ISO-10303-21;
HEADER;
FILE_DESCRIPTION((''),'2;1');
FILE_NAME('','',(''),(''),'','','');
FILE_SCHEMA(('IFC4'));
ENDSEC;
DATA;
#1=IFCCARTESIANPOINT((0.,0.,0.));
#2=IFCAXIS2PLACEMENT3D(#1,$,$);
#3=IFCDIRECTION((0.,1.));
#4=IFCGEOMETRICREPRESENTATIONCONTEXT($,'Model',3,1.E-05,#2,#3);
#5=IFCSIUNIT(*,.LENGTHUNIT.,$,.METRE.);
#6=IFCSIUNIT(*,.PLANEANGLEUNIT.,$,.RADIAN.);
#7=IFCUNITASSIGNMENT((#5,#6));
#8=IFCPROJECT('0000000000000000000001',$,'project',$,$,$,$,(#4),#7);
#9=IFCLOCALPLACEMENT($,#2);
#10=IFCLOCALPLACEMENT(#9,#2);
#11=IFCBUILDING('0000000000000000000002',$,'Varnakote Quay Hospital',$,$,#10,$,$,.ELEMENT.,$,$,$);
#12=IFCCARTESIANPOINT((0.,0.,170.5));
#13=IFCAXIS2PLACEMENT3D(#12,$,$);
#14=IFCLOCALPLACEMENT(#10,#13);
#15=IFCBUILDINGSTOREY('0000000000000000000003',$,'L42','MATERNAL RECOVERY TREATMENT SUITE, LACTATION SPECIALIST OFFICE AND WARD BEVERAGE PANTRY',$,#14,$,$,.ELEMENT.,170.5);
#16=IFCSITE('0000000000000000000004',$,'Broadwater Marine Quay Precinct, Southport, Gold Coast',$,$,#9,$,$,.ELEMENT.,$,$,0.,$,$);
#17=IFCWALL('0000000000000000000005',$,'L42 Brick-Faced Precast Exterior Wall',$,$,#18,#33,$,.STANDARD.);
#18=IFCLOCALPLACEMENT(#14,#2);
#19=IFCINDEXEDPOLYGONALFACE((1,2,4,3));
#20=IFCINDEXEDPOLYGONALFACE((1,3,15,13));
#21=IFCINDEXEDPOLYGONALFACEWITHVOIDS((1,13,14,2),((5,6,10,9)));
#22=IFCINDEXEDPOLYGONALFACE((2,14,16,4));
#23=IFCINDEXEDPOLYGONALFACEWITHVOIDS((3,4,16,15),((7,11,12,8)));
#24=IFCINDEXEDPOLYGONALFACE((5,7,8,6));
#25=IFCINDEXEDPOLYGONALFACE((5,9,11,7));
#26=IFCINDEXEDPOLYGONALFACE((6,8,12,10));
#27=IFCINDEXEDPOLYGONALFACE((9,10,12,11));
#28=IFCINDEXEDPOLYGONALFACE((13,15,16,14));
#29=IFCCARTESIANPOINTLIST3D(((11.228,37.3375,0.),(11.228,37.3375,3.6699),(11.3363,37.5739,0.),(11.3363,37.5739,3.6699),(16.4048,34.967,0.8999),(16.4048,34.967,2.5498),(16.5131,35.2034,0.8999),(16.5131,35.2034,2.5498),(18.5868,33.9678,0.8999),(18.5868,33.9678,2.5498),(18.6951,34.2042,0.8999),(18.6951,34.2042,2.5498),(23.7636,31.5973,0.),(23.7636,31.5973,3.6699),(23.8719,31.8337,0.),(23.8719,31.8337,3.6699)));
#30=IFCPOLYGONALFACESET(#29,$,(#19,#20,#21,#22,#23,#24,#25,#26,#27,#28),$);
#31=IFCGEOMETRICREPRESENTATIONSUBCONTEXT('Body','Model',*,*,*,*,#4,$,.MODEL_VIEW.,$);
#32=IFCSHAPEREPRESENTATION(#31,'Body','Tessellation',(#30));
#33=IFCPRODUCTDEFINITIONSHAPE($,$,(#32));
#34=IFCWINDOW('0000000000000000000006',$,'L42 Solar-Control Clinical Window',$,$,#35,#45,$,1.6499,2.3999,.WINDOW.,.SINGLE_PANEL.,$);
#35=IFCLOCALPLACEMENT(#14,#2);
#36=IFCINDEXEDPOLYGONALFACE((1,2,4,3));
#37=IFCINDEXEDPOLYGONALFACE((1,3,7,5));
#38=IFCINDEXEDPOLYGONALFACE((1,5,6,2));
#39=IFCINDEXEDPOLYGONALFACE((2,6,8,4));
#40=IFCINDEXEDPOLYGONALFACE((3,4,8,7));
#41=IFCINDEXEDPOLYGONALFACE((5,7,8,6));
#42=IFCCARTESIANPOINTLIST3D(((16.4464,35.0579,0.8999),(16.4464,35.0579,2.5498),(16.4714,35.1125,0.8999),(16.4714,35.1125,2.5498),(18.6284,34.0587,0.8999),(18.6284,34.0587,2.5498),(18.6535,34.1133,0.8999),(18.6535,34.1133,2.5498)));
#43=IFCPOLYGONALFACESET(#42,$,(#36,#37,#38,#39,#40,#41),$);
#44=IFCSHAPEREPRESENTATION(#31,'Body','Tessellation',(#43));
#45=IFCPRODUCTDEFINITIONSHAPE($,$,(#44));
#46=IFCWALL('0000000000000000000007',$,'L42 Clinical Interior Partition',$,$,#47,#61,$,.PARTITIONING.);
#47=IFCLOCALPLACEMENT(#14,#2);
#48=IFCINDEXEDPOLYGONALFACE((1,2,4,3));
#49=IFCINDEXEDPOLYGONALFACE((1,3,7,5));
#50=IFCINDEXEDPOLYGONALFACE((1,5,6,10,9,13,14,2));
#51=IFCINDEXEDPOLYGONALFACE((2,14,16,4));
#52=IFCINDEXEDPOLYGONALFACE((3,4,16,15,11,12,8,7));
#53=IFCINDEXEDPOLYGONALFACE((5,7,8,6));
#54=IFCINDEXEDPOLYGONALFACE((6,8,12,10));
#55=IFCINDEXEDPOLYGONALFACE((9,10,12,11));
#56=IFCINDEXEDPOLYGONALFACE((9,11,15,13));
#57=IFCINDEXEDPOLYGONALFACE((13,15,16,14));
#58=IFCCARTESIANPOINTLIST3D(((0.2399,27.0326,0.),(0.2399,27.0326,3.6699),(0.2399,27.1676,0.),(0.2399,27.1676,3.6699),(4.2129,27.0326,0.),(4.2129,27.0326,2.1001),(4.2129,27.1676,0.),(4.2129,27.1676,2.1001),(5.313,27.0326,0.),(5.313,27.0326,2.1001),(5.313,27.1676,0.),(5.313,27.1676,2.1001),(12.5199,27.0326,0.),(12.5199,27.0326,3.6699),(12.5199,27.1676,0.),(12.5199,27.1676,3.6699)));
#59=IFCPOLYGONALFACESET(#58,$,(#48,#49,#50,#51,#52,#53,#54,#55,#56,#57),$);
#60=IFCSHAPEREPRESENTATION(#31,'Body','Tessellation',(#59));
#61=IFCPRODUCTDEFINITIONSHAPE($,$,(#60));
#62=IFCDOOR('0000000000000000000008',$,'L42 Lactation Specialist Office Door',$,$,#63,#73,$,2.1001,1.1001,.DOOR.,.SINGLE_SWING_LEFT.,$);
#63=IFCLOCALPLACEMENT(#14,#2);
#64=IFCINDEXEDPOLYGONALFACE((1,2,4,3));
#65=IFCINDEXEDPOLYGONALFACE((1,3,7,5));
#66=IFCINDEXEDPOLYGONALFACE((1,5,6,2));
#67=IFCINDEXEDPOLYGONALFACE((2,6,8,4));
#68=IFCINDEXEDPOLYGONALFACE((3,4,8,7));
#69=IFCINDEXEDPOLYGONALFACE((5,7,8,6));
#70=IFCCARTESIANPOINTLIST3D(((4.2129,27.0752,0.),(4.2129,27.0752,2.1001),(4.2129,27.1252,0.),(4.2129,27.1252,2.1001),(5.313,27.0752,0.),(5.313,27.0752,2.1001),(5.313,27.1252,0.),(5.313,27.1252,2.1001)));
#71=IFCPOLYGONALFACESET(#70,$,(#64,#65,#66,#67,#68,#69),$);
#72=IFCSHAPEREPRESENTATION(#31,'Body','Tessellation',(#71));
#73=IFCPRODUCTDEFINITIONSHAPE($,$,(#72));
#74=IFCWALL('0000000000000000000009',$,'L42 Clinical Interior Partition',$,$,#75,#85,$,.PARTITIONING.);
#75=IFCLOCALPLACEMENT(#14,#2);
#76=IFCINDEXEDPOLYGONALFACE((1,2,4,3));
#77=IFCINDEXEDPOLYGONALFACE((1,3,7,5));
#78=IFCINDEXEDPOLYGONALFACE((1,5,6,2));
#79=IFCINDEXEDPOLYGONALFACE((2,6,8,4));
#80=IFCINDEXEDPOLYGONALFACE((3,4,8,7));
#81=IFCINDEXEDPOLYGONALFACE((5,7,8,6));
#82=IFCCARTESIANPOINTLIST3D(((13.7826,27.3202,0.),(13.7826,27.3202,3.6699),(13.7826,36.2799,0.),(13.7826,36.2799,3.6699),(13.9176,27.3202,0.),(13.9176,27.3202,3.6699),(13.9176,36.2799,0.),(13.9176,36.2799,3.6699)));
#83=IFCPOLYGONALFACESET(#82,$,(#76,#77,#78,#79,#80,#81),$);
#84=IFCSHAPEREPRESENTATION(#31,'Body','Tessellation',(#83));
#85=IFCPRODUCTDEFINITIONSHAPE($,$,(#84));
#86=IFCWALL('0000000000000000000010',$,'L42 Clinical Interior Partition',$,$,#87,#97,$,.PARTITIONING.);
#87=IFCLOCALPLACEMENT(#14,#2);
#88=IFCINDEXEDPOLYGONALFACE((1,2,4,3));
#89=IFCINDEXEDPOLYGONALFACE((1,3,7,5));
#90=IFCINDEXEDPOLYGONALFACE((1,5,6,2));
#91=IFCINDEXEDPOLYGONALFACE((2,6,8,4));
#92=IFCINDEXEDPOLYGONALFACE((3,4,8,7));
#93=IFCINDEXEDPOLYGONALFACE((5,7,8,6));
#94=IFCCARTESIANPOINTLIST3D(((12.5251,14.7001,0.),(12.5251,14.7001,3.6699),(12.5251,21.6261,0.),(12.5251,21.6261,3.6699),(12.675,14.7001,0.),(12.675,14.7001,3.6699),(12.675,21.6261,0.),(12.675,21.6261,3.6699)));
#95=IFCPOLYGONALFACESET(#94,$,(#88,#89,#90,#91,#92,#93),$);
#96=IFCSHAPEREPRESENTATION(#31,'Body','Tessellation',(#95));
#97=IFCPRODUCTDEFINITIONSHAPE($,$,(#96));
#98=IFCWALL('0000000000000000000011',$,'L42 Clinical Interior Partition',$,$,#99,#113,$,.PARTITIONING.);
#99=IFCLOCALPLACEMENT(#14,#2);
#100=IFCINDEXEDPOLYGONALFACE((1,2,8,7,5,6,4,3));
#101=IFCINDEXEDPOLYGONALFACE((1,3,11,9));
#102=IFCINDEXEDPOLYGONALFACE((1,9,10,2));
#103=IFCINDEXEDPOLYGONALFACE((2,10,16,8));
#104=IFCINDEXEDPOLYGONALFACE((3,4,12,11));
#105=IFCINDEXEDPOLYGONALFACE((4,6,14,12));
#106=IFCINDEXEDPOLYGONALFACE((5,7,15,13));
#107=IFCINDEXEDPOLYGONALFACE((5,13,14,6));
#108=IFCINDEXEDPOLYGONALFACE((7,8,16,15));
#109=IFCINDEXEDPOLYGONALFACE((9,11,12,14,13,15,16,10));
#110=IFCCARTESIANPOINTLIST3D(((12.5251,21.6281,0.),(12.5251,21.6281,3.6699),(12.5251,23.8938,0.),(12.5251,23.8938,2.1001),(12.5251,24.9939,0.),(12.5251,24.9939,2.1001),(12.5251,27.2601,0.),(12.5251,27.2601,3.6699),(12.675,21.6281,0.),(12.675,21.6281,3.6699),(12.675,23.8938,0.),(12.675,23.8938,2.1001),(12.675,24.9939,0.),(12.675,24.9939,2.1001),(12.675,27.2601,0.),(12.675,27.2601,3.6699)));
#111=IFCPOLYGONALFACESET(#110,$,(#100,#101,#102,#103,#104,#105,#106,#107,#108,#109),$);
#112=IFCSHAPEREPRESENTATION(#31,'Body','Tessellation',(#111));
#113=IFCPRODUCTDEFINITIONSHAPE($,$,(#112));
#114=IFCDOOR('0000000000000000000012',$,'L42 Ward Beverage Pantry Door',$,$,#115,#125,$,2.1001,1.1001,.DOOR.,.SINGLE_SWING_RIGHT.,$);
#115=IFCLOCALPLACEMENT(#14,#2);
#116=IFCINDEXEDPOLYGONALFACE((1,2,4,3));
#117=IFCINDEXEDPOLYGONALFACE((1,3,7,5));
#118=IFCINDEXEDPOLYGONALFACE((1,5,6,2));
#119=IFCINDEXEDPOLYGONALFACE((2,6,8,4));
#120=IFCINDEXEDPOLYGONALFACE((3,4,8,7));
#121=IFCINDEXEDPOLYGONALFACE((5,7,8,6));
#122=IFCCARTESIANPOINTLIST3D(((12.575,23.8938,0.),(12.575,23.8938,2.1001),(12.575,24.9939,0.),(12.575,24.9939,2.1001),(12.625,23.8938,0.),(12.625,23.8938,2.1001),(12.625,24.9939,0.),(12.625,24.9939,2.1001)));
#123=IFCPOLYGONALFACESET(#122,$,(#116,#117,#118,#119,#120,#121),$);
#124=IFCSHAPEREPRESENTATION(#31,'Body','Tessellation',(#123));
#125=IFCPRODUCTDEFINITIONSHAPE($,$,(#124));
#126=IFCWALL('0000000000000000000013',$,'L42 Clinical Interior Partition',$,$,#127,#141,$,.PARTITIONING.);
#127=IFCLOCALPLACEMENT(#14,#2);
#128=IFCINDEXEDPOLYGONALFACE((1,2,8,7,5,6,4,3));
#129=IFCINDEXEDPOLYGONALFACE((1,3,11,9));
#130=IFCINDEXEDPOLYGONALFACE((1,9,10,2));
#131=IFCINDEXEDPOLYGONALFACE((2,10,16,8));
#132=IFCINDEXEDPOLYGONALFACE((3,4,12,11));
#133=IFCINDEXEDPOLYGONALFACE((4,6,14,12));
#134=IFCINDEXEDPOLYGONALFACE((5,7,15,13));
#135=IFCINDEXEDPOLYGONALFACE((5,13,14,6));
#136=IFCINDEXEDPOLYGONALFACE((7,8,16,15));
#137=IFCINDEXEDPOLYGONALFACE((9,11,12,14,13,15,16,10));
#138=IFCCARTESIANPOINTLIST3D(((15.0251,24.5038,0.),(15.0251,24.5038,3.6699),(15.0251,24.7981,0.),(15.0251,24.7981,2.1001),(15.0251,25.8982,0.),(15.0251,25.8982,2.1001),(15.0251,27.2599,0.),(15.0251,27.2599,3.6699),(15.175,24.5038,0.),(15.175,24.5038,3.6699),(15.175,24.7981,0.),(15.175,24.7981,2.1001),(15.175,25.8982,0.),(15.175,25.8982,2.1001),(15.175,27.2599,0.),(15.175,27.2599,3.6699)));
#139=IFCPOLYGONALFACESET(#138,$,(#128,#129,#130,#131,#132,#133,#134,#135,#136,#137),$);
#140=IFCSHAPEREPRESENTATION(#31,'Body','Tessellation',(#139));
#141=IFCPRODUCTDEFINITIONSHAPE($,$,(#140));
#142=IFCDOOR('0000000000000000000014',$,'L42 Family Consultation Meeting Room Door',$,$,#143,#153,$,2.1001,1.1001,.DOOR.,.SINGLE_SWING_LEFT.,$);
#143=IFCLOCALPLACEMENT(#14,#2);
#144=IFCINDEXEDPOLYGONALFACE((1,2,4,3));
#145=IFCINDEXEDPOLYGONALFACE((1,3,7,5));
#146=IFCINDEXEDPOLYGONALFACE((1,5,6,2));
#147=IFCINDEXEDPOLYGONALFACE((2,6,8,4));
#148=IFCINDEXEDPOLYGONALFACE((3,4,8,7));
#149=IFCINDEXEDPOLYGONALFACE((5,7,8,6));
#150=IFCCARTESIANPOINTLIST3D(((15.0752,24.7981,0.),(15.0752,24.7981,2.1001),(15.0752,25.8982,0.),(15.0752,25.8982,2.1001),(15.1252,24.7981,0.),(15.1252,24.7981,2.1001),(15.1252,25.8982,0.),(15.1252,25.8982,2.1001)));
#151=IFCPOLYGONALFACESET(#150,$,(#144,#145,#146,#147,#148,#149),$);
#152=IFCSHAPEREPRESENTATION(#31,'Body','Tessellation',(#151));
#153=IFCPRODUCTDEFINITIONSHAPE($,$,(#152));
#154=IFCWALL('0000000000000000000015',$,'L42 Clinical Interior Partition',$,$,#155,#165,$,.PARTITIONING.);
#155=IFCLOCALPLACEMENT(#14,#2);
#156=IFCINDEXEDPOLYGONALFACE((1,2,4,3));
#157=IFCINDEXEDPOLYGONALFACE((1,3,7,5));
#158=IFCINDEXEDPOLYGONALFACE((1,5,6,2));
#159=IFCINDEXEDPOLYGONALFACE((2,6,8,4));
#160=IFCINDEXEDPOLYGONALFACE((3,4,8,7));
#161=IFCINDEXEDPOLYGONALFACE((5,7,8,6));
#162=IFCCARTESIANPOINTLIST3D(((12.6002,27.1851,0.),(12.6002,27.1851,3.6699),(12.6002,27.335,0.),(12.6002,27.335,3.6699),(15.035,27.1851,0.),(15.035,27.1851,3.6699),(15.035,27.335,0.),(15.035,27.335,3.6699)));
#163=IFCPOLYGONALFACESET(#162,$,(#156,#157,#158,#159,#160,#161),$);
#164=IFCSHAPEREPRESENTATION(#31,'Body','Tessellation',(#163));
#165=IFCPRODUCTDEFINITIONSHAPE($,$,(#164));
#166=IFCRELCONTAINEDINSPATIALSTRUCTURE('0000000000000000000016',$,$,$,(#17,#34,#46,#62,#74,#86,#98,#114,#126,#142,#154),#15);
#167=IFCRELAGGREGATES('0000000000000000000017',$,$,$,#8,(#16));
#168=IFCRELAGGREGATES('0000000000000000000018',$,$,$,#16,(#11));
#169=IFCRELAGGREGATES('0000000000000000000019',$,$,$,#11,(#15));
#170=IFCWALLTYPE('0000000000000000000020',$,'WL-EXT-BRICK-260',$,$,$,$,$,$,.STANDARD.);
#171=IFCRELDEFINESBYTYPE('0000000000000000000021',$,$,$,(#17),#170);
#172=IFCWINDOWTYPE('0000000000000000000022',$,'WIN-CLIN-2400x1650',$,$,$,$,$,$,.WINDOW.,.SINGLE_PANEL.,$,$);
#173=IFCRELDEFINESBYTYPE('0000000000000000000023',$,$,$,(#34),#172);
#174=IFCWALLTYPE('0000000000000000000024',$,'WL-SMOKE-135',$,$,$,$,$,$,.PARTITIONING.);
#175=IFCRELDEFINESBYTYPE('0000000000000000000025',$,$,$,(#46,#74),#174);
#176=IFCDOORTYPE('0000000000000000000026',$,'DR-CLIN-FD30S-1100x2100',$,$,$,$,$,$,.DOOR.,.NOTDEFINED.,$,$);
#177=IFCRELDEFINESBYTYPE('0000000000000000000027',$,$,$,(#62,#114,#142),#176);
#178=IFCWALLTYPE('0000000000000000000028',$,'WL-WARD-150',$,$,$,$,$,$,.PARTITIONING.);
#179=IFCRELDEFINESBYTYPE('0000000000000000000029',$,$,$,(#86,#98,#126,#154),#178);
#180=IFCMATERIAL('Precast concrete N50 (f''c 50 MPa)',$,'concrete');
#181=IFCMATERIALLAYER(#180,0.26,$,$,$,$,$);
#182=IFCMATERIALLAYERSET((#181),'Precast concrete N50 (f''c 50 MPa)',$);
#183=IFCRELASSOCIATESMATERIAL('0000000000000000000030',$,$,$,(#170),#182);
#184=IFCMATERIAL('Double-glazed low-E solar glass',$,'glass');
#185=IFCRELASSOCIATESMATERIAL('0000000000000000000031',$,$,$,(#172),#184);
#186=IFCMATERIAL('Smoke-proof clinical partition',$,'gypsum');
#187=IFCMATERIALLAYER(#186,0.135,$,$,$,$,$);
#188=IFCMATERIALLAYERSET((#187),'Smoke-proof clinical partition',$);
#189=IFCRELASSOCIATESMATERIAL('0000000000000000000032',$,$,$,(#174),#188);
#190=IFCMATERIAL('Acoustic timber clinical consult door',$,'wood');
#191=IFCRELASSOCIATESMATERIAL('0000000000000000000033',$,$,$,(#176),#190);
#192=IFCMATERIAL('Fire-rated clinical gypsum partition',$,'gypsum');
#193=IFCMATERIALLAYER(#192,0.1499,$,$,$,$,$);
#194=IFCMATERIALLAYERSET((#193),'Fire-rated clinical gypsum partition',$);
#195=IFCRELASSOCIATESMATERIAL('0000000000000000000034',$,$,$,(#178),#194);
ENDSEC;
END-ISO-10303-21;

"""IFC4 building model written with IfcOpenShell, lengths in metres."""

from ifc_helpers import new_model, si_unit, direction, frame, frame_2d, origin, place, context, subcontext, project, spatial, rectangle, extrude, material, layer, layer_set, type_object, element, fill, save


model = new_model("IFC4")

# Units and contexts
model_context = context("Model", 3, precision=1e-05, world=origin(), true_north=direction((0.0, 1.0)))
body_context = subcontext(model_context, "Body", "Model", "MODEL_VIEW")
ifc_project = project(units=[si_unit("LENGTHUNIT", "METRE"), si_unit("PLANEANGLEUNIT", "RADIAN")], contexts=[model_context])

# Site, building, storey
site_placement = place(None, origin())
site = spatial("IfcSite", under=ifc_project, at=site_placement, Name="Broadwater Marine Quay Precinct, Southport, Gold Coast", CompositionType="ELEMENT", RefElevation=0.0)
building_placement = place(site_placement, origin())
building = spatial("IfcBuilding", under=site, at=building_placement, Name="Varnakote Quay Hospital", CompositionType="ELEMENT")
storey_placement = place(building_placement, frame((0.0, 0.0, 170.5)))
storey = spatial("IfcBuildingStorey", under=building, at=storey_placement, Name="L42", Description="MATERNAL RECOVERY TREATMENT SUITE, LACTATION SPECIALIST OFFICE AND WARD BEVERAGE PANTRY", CompositionType="ELEMENT", Elevation=170.5)

# Wall, opening, window
ifc_material_1 = material(Name="Precast concrete N50 (f'c 50 MPa)", Category="concrete")
ifc_layer_1 = layer(ifc_material_1, 0.26)
ifc_layer_set_1 = layer_set([ifc_layer_1], Name="Precast concrete N50 (f'c 50 MPa)")
wall_type_1 = type_object("IfcWallType", Name="WL-EXT-BRICK-260", PredefinedType="STANDARD", material=ifc_layer_set_1)
wall_1_placement = place(storey_placement, frame((23.8176, 31.7156, 0.0), z_axis=(0.0, 0.0, 1.0), x_axis=(-0.90921, 0.416339, 0.0)))
wall_1 = element("IfcWall", 1, at=wall_1_placement, inside=storey, type_object=wall_type_1, Name="L42 Brick-Faced Precast Exterior Wall", PredefinedType="STANDARD", context=body_context, shape_type="SweptSolid", body=[
    extrude(rectangle(XDim=13.7874, YDim=0.26, at=frame_2d((6.8936, 0.0))), origin(), (0.0, 0.0, 1.0), 3.6699),
])
opening_1_placement = place(wall_1_placement, frame((5.6936, 0.0, 0.8999)))
opening_1 = element("IfcOpeningElement", 2, at=opening_1_placement, cuts=wall_1, PredefinedType="OPENING", context=body_context, shape_type="SweptSolid", body=[
    extrude(rectangle(XDim=2.3999, YDim=1.6499, at=frame_2d((1.2, 0.825))), frame((0.0, 0.1399, 0.0), z_axis=(0.0, -1.0, 0.0), x_axis=(1.0, 0.0, 0.0)), (0.0, 0.0, 1.0), 0.28),
])
ifc_material_2 = material(Name="Double-glazed low-E solar glass", Category="glass")
window_type = type_object("IfcWindowType", Name="WIN-CLIN-2400x1650", PartitioningType="SINGLE_PANEL", PredefinedType="WINDOW", material=ifc_material_2)
window_placement = place(opening_1_placement, origin())
window = element("IfcWindow", 3, at=window_placement, inside=storey, type_object=window_type, Name="L42 Solar-Control Clinical Window", OverallHeight=1.6499, OverallWidth=2.3999, PartitioningType="SINGLE_PANEL", PredefinedType="WINDOW", context=body_context, shape_type="SweptSolid", body=[
    extrude(rectangle(XDim=2.3999, YDim=1.6499, at=frame_2d((1.2, 0.825))), frame((0.0, 0.03, 0.0), z_axis=(0.0, -1.0, 0.0), x_axis=(1.0, 0.0, 0.0)), (0.0, 0.0, 1.0), 0.0601),
])
fill(opening_1, window)

# Wall, opening, door
ifc_material_3 = material(Name="Smoke-proof clinical partition", Category="gypsum")
ifc_layer_2 = layer(ifc_material_3, 0.135)
ifc_layer_set_2 = layer_set([ifc_layer_2], Name="Smoke-proof clinical partition")
wall_type_2 = type_object("IfcWallType", Name="WL-SMOKE-135", PredefinedType="PARTITIONING", material=ifc_layer_set_2)
wall_2_placement = place(storey_placement, frame((12.52, 27.1001, 0.0), z_axis=(0.0, 0.0, 1.0), x_axis=(-1.0, 0.0, 0.0)))
wall_2 = element("IfcWall", 4, at=wall_2_placement, inside=storey, type_object=wall_type_2, Name="L42 Clinical Interior Partition", PredefinedType="PARTITIONING", context=body_context, shape_type="SweptSolid", body=[
    extrude(rectangle(XDim=12.28, YDim=0.135, at=frame_2d((6.1401, 0.0))), origin(), (0.0, 0.0, 1.0), 3.6699),
])
opening_2_placement = place(wall_2_placement, frame((7.207, 0.0, 0.0)))
opening_2 = element("IfcOpeningElement", 5, at=opening_2_placement, cuts=wall_2, PredefinedType="OPENING", context=body_context, shape_type="SweptSolid", body=[
    extrude(rectangle(XDim=1.1001, YDim=2.1001, at=frame_2d((0.55, 1.05))), frame((0.0, 0.0774, 0.0), z_axis=(0.0, -1.0, 0.0), x_axis=(1.0, 0.0, 0.0)), (0.0, 0.0, 1.0), 0.155),
])
ifc_material_4 = material(Name="Acoustic timber clinical consult door", Category="wood")
door_type = type_object("IfcDoorType", Name="DR-CLIN-FD30S-1100x2100", OperationType="NOTDEFINED", PredefinedType="DOOR", material=ifc_material_4)
door_1_placement = place(opening_2_placement, origin())
door_1 = element("IfcDoor", 6, at=door_1_placement, inside=storey, type_object=door_type, Name="L42 Lactation Specialist Office Door", OperationType="SINGLE_SWING_LEFT", OverallHeight=2.1001, OverallWidth=1.1001, PredefinedType="DOOR", context=body_context, shape_type="SweptSolid", body=[
    extrude(rectangle(XDim=1.1001, YDim=2.1001, at=frame_2d((0.55, 1.05))), frame((0.0, 0.0249, 0.0), z_axis=(0.0, -1.0, 0.0), x_axis=(1.0, 0.0, 0.0)), (0.0, 0.0, 1.0), 0.05),
])
fill(opening_2, door_1)

# Walls
wall_3_placement = place(storey_placement, frame((13.8501, 27.3201, 0.0), z_axis=(0.0, 0.0, 1.0), x_axis=(0.0, 1.0, 0.0)))
element("IfcWall", 7, at=wall_3_placement, inside=storey, type_object=wall_type_2, Name="L42 Clinical Interior Partition", PredefinedType="PARTITIONING", context=body_context, shape_type="SweptSolid", body=[
    extrude(rectangle(XDim=8.9597, YDim=0.135, at=frame_2d((4.48, 0.0))), origin(), (0.0, 0.0, 1.0), 3.6699),
])
ifc_material_5 = material(Name="Fire-rated clinical gypsum partition", Category="gypsum")
ifc_layer_3 = layer(ifc_material_5, 0.1499)
ifc_layer_set_3 = layer_set([ifc_layer_3], Name="Fire-rated clinical gypsum partition")
wall_type_3 = type_object("IfcWallType", Name="WL-WARD-150", PredefinedType="PARTITIONING", material=ifc_layer_set_3)
wall_4_placement = place(storey_placement, frame((12.6001, 21.626, 0.0), z_axis=(0.0, 0.0, 1.0), x_axis=(0.0, -1.0, 0.0)))
element("IfcWall", 8, at=wall_4_placement, inside=storey, type_object=wall_type_3, Name="L42 Clinical Interior Partition", PredefinedType="PARTITIONING", context=body_context, shape_type="SweptSolid", body=[
    extrude(rectangle(XDim=6.926, YDim=0.1499, at=frame_2d((3.4629, 0.0))), origin(), (0.0, 0.0, 1.0), 3.6699),
])

# Walls, openings, doors
wall_5_placement = place(storey_placement, frame((12.6001, 27.26, 0.0), z_axis=(0.0, 0.0, 1.0), x_axis=(0.0, -1.0, 0.0)))
wall_5 = element("IfcWall", 9, at=wall_5_placement, inside=storey, type_object=wall_type_3, Name="L42 Clinical Interior Partition", PredefinedType="PARTITIONING", context=body_context, shape_type="SweptSolid", body=[
    extrude(rectangle(XDim=5.6321, YDim=0.1499, at=frame_2d((2.8159, 0.0))), origin(), (0.0, 0.0, 1.0), 3.6699),
])
opening_3_placement = place(wall_5_placement, frame((2.2661, 0.0, 0.0)))
opening_3 = element("IfcOpeningElement", 10, at=opening_3_placement, cuts=wall_5, PredefinedType="OPENING", context=body_context, shape_type="SweptSolid", body=[
    extrude(rectangle(XDim=1.1001, YDim=2.1001, at=frame_2d((0.55, 1.05))), frame((0.0, 0.085, 0.0), z_axis=(0.0, -1.0, 0.0), x_axis=(1.0, 0.0, 0.0)), (0.0, 0.0, 1.0), 0.1699),
])
door_2_placement = place(opening_3_placement, origin())
door_2 = element("IfcDoor", 11, at=door_2_placement, inside=storey, type_object=door_type, Name="L42 Ward Beverage Pantry Door", OperationType="SINGLE_SWING_RIGHT", OverallHeight=2.1001, OverallWidth=1.1001, PredefinedType="DOOR", context=body_context, shape_type="SweptSolid", body=[
    extrude(rectangle(XDim=1.1001, YDim=2.1001, at=frame_2d((0.55, 1.05))), frame((0.0, 0.0249, 0.0), z_axis=(0.0, -1.0, 0.0), x_axis=(1.0, 0.0, 0.0)), (0.0, 0.0, 1.0), 0.05),
])
fill(opening_3, door_2)
wall_6_placement = place(storey_placement, frame((15.1001, 24.5039, 0.0), z_axis=(0.0, 0.0, 1.0), x_axis=(0.0, 1.0, 0.0)))
wall_6 = element("IfcWall", 12, at=wall_6_placement, inside=storey, type_object=wall_type_3, Name="L42 Clinical Interior Partition", PredefinedType="PARTITIONING", context=body_context, shape_type="SweptSolid", body=[
    extrude(rectangle(XDim=2.7561, YDim=0.1499, at=frame_2d((1.3779, 0.0))), origin(), (0.0, 0.0, 1.0), 3.6699),
])
opening_4_placement = place(wall_6_placement, frame((0.2942, 0.0, 0.0)))
opening_4 = element("IfcOpeningElement", 13, at=opening_4_placement, cuts=wall_6, PredefinedType="OPENING", context=body_context, shape_type="SweptSolid", body=[
    extrude(rectangle(XDim=1.1001, YDim=2.1001, at=frame_2d((0.55, 1.05))), frame((0.0, 0.085, 0.0), z_axis=(0.0, -1.0, 0.0), x_axis=(1.0, 0.0, 0.0)), (0.0, 0.0, 1.0), 0.1699),
])
door_3_placement = place(opening_4_placement, origin())
door_3 = element("IfcDoor", 14, at=door_3_placement, inside=storey, type_object=door_type, Name="L42 Family Consultation Meeting Room Door", OperationType="SINGLE_SWING_LEFT", OverallHeight=2.1001, OverallWidth=1.1001, PredefinedType="DOOR", context=body_context, shape_type="SweptSolid", body=[
    extrude(rectangle(XDim=1.1001, YDim=2.1001, at=frame_2d((0.55, 1.05))), frame((0.0, 0.0249, 0.0), z_axis=(0.0, -1.0, 0.0), x_axis=(1.0, 0.0, 0.0)), (0.0, 0.0, 1.0), 0.05),
])
fill(opening_4, door_3)

# Wall
wall_7_placement = place(storey_placement, frame((15.0349, 27.26, 0.0), z_axis=(0.0, 0.0, 1.0), x_axis=(-1.0, 0.0, 0.0)))
element("IfcWall", 15, at=wall_7_placement, inside=storey, type_object=wall_type_3, Name="L42 Clinical Interior Partition", PredefinedType="PARTITIONING", context=body_context, shape_type="SweptSolid", body=[
    extrude(rectangle(XDim=2.4348, YDim=0.1499, at=frame_2d((1.2173, 0.0))), origin(), (0.0, 0.0, 1.0), 3.6699),
])

save(model, "model.ifc")
